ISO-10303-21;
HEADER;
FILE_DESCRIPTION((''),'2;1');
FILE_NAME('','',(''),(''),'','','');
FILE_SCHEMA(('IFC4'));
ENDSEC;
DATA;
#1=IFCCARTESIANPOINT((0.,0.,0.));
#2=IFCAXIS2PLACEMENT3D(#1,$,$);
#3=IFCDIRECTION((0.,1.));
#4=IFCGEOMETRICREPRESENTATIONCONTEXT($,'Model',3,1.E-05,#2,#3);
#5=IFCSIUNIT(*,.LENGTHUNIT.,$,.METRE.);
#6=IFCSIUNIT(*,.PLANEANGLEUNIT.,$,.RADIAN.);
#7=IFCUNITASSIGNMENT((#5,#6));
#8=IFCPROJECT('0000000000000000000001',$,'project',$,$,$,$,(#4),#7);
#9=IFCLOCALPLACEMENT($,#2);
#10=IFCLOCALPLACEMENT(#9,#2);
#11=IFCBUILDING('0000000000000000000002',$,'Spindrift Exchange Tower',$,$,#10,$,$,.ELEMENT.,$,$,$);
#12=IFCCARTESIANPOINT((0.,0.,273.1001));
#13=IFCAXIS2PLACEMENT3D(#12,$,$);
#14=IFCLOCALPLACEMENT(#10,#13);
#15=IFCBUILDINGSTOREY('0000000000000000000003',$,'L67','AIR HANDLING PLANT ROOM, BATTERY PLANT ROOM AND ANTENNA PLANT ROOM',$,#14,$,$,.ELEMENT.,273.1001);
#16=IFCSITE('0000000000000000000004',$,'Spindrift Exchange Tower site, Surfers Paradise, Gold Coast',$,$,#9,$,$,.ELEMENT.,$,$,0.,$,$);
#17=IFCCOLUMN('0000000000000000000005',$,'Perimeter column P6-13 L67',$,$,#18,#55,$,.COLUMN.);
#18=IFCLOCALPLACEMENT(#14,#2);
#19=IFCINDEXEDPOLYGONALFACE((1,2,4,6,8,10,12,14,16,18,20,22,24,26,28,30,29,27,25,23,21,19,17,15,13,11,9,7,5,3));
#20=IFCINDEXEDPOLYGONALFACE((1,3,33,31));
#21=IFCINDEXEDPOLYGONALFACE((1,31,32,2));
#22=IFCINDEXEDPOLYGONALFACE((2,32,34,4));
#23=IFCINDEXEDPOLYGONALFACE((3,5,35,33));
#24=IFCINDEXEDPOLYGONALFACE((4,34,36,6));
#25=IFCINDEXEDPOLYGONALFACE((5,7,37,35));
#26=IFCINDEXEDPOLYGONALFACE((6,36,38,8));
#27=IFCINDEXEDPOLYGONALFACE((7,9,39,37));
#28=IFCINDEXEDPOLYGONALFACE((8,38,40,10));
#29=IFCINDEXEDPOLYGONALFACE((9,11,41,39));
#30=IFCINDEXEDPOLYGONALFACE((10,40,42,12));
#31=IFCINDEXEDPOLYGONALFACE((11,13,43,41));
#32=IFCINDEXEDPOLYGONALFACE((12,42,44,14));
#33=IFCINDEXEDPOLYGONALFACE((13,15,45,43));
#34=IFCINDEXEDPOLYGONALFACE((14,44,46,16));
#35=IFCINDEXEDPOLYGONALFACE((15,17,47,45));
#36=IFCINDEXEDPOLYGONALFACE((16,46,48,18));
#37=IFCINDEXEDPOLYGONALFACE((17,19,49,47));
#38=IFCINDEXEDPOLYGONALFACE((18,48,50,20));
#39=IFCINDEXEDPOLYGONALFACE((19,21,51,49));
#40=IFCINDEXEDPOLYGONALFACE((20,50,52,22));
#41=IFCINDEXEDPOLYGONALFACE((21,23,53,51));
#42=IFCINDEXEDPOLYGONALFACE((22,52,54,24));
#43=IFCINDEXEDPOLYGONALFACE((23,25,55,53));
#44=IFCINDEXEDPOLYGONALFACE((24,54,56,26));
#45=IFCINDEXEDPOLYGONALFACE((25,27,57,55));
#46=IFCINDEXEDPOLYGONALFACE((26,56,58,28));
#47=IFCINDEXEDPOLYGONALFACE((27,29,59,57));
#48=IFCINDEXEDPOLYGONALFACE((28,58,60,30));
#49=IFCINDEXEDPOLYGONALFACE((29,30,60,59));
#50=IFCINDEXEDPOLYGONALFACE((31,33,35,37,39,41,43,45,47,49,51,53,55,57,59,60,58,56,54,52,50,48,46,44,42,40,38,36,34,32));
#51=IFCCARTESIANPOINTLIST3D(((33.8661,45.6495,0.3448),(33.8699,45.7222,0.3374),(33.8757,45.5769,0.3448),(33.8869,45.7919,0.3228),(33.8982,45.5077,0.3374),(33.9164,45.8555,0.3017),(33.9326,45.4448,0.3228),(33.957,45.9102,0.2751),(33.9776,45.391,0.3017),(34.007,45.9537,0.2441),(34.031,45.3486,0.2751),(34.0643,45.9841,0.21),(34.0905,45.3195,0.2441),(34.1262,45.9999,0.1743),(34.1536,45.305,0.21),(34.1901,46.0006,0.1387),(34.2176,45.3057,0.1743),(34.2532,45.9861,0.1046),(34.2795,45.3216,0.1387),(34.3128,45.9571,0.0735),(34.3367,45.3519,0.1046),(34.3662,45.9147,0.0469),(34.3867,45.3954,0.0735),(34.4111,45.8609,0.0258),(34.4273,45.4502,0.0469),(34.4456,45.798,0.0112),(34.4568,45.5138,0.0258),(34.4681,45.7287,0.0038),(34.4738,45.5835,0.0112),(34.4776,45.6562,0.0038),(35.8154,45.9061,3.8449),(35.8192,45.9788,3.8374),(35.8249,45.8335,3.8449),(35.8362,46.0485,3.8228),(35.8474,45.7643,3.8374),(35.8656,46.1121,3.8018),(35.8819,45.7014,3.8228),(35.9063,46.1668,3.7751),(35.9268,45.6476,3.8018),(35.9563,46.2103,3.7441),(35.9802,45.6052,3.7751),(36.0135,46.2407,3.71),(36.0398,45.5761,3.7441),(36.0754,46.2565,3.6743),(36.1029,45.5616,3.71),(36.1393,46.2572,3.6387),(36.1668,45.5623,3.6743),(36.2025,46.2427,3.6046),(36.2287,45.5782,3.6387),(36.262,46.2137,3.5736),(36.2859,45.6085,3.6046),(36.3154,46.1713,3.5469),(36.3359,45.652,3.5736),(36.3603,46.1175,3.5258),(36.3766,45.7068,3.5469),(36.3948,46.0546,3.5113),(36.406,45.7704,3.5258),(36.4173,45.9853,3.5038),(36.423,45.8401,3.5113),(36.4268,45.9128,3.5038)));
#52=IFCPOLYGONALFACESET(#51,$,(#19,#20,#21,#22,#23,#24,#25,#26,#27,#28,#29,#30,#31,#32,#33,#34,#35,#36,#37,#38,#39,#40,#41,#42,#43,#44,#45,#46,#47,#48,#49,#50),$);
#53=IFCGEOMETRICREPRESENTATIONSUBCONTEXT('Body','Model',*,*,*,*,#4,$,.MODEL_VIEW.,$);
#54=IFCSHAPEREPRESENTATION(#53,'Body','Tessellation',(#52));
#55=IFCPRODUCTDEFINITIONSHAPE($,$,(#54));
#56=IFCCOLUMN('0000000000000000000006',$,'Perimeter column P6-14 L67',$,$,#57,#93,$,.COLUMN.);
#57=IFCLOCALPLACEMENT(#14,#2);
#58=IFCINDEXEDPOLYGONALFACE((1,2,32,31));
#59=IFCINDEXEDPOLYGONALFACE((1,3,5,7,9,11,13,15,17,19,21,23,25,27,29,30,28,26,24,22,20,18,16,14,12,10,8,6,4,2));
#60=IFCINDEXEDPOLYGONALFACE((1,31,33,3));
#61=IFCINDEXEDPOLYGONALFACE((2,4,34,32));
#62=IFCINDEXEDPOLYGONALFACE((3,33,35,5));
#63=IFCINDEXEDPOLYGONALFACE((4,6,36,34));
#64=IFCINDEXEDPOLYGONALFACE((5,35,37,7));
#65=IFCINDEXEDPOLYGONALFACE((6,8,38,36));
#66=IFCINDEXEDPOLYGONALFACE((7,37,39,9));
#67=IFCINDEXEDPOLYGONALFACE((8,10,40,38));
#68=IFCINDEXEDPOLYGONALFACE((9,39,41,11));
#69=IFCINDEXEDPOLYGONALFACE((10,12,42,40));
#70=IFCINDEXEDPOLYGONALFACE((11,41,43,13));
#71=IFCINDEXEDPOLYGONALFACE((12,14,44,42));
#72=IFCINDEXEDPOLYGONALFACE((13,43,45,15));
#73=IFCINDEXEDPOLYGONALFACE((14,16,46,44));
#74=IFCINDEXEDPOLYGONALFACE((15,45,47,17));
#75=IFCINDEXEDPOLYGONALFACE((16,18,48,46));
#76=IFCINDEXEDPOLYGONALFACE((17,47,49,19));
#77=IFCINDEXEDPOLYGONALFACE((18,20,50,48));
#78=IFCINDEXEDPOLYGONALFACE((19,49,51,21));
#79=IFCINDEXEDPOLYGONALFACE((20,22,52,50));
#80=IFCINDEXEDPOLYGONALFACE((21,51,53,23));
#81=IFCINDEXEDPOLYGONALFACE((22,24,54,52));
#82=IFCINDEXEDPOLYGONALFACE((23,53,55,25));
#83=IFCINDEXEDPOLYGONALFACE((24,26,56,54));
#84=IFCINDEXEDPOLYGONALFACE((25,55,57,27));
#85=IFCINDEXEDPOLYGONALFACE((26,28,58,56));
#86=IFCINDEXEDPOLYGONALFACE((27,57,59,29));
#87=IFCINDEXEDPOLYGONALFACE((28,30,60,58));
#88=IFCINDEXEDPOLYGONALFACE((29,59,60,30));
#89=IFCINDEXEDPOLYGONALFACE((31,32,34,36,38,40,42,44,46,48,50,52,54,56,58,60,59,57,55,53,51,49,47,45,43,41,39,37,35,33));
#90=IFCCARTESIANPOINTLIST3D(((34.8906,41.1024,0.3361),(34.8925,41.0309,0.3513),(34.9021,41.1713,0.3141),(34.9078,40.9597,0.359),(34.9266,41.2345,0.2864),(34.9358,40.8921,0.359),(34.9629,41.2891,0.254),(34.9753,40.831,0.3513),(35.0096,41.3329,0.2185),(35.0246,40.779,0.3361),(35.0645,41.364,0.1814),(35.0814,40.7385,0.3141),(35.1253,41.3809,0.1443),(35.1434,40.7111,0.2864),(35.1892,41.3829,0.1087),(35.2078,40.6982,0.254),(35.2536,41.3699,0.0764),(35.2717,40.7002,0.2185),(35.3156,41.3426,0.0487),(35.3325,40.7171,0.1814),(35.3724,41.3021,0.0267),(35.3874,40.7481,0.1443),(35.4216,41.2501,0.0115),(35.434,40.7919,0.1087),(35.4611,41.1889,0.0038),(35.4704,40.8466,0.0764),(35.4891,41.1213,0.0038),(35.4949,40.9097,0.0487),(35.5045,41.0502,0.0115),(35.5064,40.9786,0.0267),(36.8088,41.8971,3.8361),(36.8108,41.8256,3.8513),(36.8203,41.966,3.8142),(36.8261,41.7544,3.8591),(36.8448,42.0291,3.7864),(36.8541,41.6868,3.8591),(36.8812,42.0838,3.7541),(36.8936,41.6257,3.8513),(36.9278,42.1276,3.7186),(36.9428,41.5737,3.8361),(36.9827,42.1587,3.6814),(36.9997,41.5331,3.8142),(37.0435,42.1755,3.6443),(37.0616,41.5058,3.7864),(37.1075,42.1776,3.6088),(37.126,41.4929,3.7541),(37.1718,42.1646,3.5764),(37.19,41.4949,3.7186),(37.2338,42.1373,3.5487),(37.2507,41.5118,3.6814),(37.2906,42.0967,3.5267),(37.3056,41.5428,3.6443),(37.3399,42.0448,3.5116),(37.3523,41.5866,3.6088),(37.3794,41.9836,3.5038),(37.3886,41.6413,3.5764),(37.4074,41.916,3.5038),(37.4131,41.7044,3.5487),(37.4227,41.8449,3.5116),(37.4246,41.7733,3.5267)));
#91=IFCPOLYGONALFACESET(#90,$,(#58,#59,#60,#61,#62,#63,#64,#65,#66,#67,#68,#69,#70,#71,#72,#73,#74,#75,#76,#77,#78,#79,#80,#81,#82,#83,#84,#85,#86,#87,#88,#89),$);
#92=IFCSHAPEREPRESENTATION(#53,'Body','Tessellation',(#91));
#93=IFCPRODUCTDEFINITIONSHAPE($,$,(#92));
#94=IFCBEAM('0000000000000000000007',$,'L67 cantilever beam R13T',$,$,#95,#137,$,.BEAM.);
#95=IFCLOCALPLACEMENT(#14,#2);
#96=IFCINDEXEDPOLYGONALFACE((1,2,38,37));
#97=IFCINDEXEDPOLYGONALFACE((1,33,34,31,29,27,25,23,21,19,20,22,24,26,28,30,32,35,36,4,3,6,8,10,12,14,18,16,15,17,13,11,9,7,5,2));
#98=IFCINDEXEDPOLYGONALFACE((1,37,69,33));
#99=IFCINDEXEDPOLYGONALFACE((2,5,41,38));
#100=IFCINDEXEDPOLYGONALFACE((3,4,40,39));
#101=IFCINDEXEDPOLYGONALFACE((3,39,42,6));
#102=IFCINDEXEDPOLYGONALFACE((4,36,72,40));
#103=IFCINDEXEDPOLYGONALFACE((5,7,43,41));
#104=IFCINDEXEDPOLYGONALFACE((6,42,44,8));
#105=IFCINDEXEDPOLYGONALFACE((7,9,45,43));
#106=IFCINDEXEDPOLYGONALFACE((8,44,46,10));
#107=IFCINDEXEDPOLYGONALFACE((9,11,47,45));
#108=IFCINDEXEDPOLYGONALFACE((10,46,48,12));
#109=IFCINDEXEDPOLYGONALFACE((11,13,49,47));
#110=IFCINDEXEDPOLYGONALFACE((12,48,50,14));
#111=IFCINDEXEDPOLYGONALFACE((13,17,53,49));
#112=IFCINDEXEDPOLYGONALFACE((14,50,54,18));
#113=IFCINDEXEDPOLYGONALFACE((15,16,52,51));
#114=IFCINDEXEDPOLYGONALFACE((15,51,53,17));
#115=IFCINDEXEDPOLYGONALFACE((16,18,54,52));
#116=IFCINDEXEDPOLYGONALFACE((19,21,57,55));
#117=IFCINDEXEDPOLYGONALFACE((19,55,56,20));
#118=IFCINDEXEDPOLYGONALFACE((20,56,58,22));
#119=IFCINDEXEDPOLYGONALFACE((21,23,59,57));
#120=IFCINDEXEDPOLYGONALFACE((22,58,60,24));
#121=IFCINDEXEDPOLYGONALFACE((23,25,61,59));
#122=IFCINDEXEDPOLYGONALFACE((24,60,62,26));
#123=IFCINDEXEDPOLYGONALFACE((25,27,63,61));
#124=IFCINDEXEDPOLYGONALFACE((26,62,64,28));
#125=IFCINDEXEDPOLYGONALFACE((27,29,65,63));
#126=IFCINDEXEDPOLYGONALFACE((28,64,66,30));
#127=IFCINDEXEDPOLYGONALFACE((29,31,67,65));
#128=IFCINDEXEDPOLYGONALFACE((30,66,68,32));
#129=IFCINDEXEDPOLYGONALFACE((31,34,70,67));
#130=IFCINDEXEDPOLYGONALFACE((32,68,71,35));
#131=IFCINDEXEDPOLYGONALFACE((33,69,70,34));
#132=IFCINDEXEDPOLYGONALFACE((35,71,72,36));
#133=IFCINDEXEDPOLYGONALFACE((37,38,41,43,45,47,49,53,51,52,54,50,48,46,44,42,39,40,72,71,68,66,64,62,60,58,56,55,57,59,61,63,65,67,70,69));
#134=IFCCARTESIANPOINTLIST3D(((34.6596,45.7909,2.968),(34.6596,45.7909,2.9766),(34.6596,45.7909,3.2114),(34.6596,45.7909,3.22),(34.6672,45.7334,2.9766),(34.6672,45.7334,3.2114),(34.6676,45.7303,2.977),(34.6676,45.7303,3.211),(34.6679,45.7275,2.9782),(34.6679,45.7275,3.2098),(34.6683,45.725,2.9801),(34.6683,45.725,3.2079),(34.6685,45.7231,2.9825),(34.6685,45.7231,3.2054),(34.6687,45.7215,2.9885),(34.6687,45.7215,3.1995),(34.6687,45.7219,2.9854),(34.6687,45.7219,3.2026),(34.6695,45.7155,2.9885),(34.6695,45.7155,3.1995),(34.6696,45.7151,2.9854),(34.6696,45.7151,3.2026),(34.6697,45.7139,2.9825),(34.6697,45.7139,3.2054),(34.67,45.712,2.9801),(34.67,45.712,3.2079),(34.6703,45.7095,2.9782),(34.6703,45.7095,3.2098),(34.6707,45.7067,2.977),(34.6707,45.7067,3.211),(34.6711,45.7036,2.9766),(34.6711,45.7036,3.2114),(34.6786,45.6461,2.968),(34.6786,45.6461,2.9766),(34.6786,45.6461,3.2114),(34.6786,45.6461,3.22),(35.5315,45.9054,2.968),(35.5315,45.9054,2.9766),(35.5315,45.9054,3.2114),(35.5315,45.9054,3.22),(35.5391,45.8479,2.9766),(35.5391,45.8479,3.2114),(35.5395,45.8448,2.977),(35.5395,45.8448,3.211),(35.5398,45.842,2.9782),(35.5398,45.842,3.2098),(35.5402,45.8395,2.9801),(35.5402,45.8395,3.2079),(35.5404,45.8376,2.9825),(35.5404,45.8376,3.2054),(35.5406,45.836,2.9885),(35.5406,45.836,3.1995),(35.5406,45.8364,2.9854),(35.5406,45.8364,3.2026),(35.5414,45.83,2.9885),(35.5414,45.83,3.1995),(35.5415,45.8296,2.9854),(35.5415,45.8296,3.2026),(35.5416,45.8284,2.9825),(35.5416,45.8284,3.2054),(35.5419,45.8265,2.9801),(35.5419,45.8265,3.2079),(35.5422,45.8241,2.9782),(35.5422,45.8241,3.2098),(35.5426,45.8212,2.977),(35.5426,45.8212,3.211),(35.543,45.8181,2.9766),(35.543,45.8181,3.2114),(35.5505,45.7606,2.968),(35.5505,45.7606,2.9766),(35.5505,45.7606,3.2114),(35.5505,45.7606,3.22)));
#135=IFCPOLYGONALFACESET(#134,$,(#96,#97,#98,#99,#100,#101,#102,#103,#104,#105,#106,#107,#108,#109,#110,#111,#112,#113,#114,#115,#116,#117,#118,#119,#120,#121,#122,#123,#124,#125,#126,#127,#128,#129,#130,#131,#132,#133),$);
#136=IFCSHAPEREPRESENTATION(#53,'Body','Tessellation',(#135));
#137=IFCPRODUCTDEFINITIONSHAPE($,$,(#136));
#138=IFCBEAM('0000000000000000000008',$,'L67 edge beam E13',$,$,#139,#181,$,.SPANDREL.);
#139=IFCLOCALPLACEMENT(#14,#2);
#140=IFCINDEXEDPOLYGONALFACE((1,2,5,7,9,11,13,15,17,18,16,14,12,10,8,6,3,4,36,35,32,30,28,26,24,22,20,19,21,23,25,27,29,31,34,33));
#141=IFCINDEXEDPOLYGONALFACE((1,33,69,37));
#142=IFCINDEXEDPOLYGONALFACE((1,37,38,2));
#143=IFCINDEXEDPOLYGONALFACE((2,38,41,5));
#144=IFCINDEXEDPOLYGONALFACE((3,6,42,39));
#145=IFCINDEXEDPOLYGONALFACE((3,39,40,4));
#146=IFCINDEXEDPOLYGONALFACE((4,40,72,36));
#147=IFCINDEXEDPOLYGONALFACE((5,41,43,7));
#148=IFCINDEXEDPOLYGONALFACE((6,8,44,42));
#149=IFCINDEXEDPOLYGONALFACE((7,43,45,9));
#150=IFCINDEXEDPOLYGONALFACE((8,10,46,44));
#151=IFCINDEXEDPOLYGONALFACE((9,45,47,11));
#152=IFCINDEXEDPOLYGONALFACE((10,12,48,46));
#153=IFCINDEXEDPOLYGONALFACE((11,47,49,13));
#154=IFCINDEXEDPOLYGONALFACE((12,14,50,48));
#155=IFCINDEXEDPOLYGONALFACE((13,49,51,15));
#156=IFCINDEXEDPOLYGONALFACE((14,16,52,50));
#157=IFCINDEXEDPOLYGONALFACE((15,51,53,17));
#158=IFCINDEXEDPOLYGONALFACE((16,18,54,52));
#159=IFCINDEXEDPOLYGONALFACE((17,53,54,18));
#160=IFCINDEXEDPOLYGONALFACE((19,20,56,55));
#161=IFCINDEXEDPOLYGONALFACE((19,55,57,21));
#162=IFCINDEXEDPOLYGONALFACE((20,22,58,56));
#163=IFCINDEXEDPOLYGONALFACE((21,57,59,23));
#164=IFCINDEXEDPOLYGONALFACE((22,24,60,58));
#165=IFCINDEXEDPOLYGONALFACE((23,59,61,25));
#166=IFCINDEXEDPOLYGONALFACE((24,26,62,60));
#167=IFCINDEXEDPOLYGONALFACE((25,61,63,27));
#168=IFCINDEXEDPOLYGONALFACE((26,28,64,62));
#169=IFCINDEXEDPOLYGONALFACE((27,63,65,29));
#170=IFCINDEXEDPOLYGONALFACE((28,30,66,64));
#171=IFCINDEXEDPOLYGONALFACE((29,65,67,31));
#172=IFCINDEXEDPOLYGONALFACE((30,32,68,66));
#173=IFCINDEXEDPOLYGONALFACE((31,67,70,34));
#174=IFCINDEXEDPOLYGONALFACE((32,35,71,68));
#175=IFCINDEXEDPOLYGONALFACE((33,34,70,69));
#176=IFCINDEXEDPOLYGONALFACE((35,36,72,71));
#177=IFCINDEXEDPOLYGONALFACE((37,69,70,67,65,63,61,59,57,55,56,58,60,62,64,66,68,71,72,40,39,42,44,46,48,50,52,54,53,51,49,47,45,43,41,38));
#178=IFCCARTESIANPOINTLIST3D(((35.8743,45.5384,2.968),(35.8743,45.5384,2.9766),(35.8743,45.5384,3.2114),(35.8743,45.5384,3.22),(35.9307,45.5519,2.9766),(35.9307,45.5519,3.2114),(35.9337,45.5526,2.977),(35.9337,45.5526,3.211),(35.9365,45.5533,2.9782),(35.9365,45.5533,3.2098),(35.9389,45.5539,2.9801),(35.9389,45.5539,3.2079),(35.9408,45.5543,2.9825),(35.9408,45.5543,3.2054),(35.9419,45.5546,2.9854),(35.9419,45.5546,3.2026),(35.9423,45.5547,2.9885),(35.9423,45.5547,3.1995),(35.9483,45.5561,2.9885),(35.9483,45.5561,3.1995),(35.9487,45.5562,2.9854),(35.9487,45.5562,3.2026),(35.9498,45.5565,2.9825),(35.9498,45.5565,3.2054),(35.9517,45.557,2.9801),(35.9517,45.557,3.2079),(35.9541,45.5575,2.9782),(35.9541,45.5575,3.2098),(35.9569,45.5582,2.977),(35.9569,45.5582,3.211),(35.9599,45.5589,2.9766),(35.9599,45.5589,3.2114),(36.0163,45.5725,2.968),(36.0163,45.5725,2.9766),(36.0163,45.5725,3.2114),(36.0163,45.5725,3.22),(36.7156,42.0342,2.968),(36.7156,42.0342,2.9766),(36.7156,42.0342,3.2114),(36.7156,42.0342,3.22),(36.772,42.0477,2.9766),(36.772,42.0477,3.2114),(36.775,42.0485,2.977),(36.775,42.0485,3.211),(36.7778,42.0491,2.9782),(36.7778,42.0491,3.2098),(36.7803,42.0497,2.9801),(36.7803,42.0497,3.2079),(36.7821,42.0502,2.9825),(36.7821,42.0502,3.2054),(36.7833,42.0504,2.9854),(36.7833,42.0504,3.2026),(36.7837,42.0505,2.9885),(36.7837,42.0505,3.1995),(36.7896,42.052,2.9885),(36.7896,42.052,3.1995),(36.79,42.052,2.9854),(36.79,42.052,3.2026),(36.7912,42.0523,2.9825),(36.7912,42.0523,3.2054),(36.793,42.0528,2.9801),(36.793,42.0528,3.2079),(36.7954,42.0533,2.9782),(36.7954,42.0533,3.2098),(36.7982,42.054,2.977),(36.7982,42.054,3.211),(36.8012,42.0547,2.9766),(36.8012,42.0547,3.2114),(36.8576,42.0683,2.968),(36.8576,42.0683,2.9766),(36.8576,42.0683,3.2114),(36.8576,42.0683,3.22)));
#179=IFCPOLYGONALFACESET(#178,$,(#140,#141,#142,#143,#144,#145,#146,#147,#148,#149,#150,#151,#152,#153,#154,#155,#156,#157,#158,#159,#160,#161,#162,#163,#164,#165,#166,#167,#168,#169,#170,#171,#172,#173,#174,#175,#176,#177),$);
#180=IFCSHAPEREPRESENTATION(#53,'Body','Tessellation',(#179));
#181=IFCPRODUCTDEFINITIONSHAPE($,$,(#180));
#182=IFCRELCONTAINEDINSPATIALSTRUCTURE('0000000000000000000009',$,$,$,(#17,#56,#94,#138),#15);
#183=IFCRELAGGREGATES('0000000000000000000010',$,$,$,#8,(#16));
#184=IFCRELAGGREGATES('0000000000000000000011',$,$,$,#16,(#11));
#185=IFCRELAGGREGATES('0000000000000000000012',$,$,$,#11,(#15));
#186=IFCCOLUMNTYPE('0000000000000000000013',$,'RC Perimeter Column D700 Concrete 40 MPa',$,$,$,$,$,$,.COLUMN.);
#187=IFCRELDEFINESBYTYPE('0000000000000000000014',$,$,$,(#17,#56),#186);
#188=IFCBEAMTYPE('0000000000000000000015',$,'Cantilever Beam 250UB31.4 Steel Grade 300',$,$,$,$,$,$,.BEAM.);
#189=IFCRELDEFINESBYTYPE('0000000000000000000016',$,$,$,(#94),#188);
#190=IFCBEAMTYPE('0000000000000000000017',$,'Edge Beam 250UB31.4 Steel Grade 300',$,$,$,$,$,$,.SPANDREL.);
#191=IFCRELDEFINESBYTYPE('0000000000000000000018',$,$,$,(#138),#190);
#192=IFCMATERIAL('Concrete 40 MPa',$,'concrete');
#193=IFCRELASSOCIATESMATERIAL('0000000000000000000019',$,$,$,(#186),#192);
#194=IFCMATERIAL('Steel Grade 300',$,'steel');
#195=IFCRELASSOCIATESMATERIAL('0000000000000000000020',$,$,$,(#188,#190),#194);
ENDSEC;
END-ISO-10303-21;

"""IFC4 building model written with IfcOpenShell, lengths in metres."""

from ifc_helpers import new_model, si_unit, direction, frame, origin, origin_2d, place, context, subcontext, project, spatial, circle, i_section, extrude, source, transform, mapped, material, material_profile, profile_set, type_object, element, save


model = new_model("IFC4")

# Units and contexts
model_context = context("Model", 3, precision=1e-05, world=origin(), true_north=direction((0.0, 1.0)))
body_context = subcontext(model_context, "Body", "Model", "MODEL_VIEW")
ifc_project = project(units=[si_unit("LENGTHUNIT", "METRE"), si_unit("PLANEANGLEUNIT", "RADIAN")], contexts=[model_context])

# Site, building, storey
site_placement = place(None, origin())
site = spatial("IfcSite", under=ifc_project, at=site_placement, Name="Spindrift Exchange Tower site, Surfers Paradise, Gold Coast", CompositionType="ELEMENT", RefElevation=0.0)
building_placement = place(site_placement, origin())
building = spatial("IfcBuilding", under=site, at=building_placement, Name="Spindrift Exchange Tower", CompositionType="ELEMENT")
storey_placement = place(building_placement, frame((0.0, 0.0, 273.1001)))
storey = spatial("IfcBuildingStorey", under=building, at=storey_placement, Name="L67", Description="AIR HANDLING PLANT ROOM, BATTERY PLANT ROOM AND ANTENNA PLANT ROOM", CompositionType="ELEMENT", Elevation=273.1001)

# Columns
ifc_material_1 = material(Name="Concrete 40 MPa", Category="concrete")
ifc_material_profile_1 = material_profile(ifc_material_1, circle(Radius=0.3501, at=origin_2d()), Name="RC D700")
ifc_profile_set_1 = profile_set([ifc_material_profile_1], Name="Concrete 40 MPa")
column_type = type_object("IfcColumnType", Name="RC Perimeter Column D700 Concrete 40 MPa", PredefinedType="COLUMN", material=ifc_profile_set_1)
shared_shape_1 = source(origin(), body_context, "Body", "SweptSolid", [
    extrude(circle(Radius=0.3501, at=origin_2d()), origin(), (0.0, 0.0, 1.0), 4.0144),
])
column_1_placement = place(storey_placement, frame((34.1719, 45.6528, 0.1743), z_axis=(0.485558, 0.063918, 0.871864), x_axis=(-0.130512, 0.991447, 0.0)))
element("IfcColumn", 1, at=column_1_placement, inside=storey, type_object=column_type, Name="Perimeter column P6-13 L67", PredefinedType="COLUMN", context=body_context, shape_type="MappedRepresentation", body=[
    mapped(shared_shape_1, transform((0.0, 0.0, 0.0), scale=1.0)),
])
shared_shape_2 = source(origin(), body_context, "Body", "SweptSolid", [
    extrude(circle(Radius=0.3501, at=origin_2d()), origin(), (0.0, 0.0, 1.0), 4.0696),
])
column_2_placement = place(storey_placement, frame((35.1985, 41.0405, 0.1814), z_axis=(0.47136, 0.195275, 0.860051), x_axis=(-0.382736, 0.923858, 0.0)))
element("IfcColumn", 2, at=column_2_placement, inside=storey, type_object=column_type, Name="Perimeter column P6-14 L67", PredefinedType="COLUMN", context=body_context, shape_type="MappedRepresentation", body=[
    mapped(shared_shape_2, transform((0.0, 0.0, 0.0), scale=1.0)),
])

# Beams
ifc_material_2 = material(Name="Steel Grade 300", Category="steel")
ifc_material_profile_2 = material_profile(ifc_material_2, i_section(OverallWidth=0.146, OverallDepth=0.252, WebThickness=0.0061, FlangeThickness=0.0085, FilletRadius=0.012, at=origin_2d()), Name="250UB31.4")
ifc_profile_set_2 = profile_set([ifc_material_profile_2], Name="Steel Grade 300")
beam_type_1 = type_object("IfcBeamType", Name="Cantilever Beam 250UB31.4 Steel Grade 300", PredefinedType="BEAM", material=ifc_profile_set_2)
shared_shape_3 = source(origin(), body_context, "Body", "SweptSolid", [
    extrude(i_section(OverallWidth=0.146, OverallDepth=0.252, WebThickness=0.0061, FlangeThickness=0.0085, FilletRadius=0.012, at=origin_2d()), origin(), (0.0, 0.0, 1.0), 0.8794),
])
beam_1_placement = place(storey_placement, frame((35.541, 45.833, 3.094), z_axis=(-0.991485, -0.130217, 0.0), x_axis=(0.130217, -0.991485, 0.0)))
element("IfcBeam", 3, at=beam_1_placement, inside=storey, type_object=beam_type_1, Name="L67 cantilever beam R13T", PredefinedType="BEAM", context=body_context, shape_type="MappedRepresentation", body=[
    mapped(shared_shape_3, transform((0.0, 0.0, 0.0), scale=1.0)),
])
ifc_material_profile_3 = material_profile(ifc_material_2, i_section(OverallWidth=0.146, OverallDepth=0.252, WebThickness=0.0061, FlangeThickness=0.0085, FilletRadius=0.012, at=origin_2d()), Name="250UB31.4")
ifc_profile_set_3 = profile_set([ifc_material_profile_3], Name="Steel Grade 300")
beam_type_2 = type_object("IfcBeamType", Name="Edge Beam 250UB31.4 Steel Grade 300", PredefinedType="SPANDREL", material=ifc_profile_set_3)
shared_shape_4 = source(origin(), body_context, "Body", "SweptSolid", [
    extrude(i_section(OverallWidth=0.146, OverallDepth=0.252, WebThickness=0.0061, FlangeThickness=0.0085, FilletRadius=0.012, at=origin_2d()), origin(), (0.0, 0.0, 1.0), 3.6038),
])
beam_2_placement = place(storey_placement, frame((35.9453, 45.5554, 3.094), z_axis=(0.233455, -0.972368, 0.0), x_axis=(0.972368, 0.233455, 0.0)))
element("IfcBeam", 4, at=beam_2_placement, inside=storey, type_object=beam_type_2, Name="L67 edge beam E13", PredefinedType="SPANDREL", context=body_context, shape_type="MappedRepresentation", body=[
    mapped(shared_shape_4, transform((0.0, 0.0, 0.0), scale=1.0)),
])

save(model, "model.ifc")
